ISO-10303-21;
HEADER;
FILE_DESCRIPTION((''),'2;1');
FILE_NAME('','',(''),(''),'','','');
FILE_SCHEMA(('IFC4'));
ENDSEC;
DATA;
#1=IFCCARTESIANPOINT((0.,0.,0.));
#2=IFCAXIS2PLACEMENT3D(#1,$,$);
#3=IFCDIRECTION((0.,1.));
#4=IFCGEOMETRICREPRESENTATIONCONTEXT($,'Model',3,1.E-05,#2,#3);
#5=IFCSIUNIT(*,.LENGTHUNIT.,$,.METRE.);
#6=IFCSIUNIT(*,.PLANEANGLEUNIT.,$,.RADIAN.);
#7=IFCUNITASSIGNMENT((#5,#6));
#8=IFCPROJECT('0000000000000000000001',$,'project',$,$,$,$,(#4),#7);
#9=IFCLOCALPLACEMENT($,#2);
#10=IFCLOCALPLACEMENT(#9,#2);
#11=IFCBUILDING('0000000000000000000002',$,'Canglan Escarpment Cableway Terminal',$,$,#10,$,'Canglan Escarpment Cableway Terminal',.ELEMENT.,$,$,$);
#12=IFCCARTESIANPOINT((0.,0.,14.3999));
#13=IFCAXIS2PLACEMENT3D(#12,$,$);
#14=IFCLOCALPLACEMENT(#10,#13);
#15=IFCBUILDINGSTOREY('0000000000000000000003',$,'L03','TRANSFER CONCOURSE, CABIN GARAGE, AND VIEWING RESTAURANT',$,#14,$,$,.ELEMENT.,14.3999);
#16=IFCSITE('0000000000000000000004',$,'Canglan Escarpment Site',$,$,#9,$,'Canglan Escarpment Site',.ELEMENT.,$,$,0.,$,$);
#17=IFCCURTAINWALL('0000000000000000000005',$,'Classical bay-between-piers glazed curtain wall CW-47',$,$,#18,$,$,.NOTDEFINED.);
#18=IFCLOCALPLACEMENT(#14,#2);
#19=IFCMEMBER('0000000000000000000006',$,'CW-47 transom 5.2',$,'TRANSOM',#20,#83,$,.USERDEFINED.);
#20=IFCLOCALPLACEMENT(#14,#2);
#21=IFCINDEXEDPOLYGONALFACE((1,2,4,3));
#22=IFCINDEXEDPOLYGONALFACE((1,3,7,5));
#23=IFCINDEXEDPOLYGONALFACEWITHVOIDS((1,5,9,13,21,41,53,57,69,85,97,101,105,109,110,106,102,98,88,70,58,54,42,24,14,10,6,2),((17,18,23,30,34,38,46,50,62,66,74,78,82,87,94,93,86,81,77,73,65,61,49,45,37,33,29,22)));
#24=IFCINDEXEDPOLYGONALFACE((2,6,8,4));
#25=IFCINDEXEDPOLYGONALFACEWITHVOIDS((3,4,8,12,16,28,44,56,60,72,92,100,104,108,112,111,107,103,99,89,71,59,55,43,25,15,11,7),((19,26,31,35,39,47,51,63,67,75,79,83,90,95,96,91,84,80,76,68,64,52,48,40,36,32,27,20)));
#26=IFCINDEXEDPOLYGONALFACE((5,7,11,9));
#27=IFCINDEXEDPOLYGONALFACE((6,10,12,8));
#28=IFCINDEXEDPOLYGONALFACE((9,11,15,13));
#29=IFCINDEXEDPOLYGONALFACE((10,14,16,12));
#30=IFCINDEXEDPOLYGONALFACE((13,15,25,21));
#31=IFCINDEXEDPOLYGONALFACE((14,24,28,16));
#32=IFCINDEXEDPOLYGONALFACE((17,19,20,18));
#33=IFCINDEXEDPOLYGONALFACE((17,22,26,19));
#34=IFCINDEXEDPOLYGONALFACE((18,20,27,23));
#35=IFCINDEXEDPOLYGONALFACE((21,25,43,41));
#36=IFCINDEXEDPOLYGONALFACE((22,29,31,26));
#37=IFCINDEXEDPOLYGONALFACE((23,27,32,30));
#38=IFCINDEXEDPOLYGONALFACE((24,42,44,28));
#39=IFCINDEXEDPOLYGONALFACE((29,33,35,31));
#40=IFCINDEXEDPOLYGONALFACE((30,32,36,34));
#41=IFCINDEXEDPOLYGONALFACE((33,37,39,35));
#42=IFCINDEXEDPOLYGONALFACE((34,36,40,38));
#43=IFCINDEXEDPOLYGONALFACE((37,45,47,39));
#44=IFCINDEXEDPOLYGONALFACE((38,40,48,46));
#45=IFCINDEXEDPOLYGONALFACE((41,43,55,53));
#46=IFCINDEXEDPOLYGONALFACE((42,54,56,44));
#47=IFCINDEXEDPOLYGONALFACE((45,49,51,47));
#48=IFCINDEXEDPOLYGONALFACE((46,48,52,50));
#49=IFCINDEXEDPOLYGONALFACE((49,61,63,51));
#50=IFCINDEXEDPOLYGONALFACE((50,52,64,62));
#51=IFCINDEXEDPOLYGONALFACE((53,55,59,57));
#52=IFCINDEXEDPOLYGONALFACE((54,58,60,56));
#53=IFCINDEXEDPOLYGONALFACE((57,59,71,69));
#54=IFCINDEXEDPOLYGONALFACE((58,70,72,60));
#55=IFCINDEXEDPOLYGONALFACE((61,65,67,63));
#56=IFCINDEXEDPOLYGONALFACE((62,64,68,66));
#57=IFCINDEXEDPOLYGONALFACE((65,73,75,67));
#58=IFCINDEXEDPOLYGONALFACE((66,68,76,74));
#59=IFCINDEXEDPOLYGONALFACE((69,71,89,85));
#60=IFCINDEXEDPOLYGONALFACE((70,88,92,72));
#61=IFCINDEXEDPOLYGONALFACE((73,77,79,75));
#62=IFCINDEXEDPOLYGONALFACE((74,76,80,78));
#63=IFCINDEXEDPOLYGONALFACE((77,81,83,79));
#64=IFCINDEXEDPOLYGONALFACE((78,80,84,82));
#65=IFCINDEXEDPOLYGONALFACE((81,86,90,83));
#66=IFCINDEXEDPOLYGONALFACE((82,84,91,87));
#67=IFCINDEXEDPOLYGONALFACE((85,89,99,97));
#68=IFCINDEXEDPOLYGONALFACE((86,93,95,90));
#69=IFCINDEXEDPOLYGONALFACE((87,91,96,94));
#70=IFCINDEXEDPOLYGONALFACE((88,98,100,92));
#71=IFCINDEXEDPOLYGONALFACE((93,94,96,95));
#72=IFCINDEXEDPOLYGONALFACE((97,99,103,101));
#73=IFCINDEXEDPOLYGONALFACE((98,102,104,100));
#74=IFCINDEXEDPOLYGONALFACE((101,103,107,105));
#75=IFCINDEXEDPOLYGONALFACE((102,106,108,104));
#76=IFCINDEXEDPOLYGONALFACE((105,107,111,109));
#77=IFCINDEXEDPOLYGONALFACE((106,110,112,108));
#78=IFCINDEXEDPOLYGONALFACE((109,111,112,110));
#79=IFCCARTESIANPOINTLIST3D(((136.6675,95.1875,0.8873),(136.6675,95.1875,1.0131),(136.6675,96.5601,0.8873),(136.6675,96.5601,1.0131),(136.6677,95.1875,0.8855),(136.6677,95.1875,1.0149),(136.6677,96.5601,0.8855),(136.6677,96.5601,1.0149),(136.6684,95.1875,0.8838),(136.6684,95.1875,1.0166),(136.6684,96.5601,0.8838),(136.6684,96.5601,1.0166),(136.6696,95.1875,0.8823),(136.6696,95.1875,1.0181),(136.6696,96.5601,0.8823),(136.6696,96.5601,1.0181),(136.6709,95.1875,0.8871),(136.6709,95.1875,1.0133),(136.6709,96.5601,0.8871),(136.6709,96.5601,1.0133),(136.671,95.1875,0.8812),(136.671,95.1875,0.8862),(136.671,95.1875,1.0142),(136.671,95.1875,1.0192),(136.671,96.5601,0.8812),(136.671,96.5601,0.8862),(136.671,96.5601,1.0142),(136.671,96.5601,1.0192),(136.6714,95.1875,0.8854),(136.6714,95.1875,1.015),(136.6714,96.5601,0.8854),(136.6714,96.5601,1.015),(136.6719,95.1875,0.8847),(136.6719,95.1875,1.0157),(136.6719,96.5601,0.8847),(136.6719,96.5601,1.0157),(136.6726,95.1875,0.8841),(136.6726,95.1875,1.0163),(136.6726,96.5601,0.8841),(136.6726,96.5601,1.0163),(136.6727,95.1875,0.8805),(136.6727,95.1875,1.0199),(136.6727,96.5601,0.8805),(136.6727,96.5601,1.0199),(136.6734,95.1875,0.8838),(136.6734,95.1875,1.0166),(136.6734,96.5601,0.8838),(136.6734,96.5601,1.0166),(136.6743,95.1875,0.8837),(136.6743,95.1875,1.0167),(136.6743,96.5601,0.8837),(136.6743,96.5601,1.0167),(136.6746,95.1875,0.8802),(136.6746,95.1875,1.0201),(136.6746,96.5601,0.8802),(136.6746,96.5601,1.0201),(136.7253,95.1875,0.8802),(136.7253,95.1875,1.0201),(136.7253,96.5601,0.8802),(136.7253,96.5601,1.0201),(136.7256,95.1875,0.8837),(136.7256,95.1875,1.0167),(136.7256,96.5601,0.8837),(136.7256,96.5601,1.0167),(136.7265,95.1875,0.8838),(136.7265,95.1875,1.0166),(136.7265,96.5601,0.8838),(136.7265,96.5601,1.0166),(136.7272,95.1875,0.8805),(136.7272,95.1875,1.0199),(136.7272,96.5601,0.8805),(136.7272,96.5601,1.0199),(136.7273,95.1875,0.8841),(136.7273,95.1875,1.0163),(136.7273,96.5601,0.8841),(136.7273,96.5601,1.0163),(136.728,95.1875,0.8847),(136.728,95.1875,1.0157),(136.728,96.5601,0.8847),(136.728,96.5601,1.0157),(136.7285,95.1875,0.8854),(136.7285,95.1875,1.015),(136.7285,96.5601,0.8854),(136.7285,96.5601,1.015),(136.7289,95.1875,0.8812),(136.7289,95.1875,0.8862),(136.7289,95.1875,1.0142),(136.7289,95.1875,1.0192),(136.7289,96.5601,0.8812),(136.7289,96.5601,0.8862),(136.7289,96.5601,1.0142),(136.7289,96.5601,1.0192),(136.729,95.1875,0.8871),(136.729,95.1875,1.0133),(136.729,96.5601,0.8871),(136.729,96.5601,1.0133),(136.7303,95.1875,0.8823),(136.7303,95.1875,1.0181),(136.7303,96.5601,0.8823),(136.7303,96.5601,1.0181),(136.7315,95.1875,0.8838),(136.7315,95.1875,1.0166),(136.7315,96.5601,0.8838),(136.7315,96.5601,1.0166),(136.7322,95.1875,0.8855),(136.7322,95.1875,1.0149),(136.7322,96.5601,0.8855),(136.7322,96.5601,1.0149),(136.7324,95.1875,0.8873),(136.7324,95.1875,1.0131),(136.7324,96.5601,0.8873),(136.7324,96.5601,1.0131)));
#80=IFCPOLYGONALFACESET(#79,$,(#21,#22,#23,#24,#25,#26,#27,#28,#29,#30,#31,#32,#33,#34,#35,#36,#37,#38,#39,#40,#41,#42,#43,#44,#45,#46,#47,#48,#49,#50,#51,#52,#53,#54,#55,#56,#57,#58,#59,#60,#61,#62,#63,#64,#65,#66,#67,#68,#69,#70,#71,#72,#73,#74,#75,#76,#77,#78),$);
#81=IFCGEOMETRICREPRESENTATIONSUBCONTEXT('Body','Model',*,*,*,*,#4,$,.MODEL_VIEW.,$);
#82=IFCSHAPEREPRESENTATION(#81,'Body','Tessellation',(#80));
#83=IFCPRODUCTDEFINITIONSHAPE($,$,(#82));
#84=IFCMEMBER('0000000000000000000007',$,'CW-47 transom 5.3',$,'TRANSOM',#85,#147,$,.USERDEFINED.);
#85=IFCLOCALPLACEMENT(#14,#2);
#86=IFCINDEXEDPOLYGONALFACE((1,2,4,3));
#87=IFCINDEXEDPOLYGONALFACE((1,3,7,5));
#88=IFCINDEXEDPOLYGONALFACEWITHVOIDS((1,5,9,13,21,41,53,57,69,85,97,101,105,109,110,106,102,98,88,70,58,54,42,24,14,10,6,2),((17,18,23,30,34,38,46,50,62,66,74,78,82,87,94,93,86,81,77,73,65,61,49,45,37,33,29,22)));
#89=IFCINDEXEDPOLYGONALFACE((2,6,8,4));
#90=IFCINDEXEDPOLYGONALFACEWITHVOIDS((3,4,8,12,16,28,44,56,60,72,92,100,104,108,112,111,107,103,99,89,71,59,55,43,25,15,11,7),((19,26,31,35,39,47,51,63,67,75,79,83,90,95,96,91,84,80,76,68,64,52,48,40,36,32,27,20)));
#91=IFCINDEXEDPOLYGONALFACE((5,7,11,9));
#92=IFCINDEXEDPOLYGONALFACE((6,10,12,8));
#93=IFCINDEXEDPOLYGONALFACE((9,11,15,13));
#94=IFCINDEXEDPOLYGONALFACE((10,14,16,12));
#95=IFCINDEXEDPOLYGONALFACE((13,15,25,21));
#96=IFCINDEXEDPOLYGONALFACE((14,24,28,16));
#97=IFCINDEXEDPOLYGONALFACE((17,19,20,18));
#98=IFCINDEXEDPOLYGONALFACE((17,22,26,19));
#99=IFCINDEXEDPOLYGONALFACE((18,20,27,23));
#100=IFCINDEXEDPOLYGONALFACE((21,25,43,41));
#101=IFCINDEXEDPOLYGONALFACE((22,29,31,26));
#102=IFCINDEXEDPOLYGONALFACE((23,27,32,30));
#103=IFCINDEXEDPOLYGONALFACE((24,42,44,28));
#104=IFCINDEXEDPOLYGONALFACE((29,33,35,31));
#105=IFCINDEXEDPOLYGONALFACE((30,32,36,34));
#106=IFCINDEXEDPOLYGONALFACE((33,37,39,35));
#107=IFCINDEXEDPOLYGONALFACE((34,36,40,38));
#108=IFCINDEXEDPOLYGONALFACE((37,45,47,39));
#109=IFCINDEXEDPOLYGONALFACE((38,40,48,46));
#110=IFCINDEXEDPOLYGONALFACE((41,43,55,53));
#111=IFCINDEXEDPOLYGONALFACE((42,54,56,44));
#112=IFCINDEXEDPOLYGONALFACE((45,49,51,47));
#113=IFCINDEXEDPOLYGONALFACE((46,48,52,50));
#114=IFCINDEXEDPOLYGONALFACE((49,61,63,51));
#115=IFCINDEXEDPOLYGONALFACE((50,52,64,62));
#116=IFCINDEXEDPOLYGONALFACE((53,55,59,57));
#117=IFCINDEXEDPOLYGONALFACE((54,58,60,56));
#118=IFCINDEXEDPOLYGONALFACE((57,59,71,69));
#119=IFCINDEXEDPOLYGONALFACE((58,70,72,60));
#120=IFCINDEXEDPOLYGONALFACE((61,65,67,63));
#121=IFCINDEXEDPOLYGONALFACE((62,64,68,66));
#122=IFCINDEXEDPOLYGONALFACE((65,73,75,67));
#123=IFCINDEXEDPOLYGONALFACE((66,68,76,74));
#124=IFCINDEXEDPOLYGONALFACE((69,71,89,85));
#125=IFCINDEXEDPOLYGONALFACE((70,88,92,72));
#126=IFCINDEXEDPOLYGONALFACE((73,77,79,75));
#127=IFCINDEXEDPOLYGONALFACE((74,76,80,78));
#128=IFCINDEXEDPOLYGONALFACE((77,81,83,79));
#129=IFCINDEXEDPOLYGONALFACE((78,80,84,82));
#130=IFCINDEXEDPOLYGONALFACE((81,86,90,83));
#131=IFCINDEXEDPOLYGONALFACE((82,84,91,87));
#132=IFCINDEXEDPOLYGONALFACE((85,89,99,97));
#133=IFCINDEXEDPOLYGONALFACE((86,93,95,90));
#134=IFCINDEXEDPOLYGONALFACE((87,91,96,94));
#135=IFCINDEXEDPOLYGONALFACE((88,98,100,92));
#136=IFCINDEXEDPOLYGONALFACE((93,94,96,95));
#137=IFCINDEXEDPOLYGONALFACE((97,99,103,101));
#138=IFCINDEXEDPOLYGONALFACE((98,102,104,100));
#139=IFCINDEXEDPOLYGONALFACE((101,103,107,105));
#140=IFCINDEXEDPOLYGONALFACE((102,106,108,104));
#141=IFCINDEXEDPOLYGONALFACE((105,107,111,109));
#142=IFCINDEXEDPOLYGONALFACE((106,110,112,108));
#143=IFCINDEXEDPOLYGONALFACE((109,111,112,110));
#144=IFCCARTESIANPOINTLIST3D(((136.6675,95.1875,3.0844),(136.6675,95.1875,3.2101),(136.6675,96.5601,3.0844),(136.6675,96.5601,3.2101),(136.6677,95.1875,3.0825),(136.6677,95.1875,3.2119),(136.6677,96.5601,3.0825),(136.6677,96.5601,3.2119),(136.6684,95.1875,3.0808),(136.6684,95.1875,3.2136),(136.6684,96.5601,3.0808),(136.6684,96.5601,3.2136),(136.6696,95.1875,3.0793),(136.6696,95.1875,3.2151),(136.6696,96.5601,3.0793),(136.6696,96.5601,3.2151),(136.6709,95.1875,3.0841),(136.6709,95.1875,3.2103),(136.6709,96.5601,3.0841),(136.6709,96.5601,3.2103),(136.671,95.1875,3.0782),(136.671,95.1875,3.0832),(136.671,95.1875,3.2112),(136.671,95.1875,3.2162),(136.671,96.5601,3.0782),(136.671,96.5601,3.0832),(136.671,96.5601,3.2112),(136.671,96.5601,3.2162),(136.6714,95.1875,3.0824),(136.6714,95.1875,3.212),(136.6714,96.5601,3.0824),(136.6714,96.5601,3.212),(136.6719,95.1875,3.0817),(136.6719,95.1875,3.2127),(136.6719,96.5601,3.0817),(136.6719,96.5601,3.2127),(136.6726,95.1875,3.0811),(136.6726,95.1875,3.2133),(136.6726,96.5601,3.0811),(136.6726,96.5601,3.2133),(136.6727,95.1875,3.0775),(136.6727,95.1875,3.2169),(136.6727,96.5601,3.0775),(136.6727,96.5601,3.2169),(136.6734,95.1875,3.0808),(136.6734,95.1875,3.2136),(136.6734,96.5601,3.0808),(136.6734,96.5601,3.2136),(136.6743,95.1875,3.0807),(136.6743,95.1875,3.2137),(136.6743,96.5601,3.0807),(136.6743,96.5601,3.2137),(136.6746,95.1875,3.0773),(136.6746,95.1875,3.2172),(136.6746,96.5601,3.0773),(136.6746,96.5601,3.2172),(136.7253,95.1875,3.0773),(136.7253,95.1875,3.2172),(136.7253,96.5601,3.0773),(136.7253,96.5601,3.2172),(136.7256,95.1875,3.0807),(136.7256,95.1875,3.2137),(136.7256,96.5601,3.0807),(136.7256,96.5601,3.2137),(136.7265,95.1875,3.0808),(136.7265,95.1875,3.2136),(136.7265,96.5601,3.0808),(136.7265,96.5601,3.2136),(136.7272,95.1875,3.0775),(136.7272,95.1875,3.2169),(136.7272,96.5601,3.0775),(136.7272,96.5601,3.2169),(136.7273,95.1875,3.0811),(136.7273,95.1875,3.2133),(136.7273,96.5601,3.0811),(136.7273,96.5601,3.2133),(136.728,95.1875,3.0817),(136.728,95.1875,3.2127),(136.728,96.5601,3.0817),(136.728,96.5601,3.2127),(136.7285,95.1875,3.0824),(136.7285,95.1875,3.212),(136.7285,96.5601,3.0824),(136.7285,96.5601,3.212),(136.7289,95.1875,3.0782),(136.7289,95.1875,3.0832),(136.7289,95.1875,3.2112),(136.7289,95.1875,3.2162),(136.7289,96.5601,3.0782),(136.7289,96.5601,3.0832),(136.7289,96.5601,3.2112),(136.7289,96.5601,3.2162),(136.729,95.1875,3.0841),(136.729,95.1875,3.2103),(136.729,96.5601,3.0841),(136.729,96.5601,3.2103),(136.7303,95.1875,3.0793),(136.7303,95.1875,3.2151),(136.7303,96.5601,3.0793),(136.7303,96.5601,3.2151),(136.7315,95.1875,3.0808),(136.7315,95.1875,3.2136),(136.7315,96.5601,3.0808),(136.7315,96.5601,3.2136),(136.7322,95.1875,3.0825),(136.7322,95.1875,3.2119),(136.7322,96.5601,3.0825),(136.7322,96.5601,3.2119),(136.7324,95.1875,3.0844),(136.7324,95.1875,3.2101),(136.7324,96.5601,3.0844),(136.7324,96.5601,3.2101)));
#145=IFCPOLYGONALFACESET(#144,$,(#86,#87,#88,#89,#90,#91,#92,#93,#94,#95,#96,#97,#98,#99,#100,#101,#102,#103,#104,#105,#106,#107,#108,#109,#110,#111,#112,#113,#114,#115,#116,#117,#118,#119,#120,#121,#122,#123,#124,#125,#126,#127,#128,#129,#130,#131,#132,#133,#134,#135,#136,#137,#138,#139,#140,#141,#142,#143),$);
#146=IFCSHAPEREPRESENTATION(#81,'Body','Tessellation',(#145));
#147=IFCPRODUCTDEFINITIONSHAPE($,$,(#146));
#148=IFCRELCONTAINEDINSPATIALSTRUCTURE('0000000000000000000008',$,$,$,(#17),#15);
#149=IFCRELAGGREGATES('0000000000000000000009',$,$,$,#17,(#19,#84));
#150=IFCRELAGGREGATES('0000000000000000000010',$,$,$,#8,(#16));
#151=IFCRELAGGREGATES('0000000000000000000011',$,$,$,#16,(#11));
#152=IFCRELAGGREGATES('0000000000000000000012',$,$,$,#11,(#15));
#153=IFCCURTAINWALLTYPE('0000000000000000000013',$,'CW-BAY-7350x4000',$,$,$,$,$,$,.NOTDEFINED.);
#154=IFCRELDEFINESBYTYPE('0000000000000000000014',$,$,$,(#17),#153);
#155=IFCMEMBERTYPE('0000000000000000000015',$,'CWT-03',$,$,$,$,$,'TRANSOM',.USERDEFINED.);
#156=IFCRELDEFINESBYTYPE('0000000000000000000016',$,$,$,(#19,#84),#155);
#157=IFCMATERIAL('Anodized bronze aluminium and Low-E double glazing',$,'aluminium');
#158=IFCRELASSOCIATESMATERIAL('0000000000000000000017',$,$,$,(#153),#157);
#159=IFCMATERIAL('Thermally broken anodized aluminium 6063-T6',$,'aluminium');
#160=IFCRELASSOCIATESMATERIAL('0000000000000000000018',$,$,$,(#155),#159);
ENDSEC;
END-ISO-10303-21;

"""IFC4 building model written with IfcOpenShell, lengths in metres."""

from ifc_helpers import new_model, si_unit, direction, frame, origin, origin_2d, place, context, subcontext, project, spatial, hollow_rectangle, extrude, material, material_profile, profile_set, type_object, element, aggregate, save


model = new_model("IFC4")

# Units and contexts
model_context = context("Model", 3, precision=1e-05, world=origin(), true_north=direction((0.0, 1.0)))
body_context = subcontext(model_context, "Body", "Model", "MODEL_VIEW")
ifc_project = project(units=[si_unit("LENGTHUNIT", "METRE"), si_unit("PLANEANGLEUNIT", "RADIAN")], contexts=[model_context])

# Site, building, storey
site_placement = place(None, origin())
site = spatial("IfcSite", under=ifc_project, at=site_placement, Name="Canglan Escarpment Site", LongName="Canglan Escarpment Site", CompositionType="ELEMENT", RefElevation=0.0)
building_placement = place(site_placement, origin())
building = spatial("IfcBuilding", under=site, at=building_placement, Name="Canglan Escarpment Cableway Terminal", LongName="Canglan Escarpment Cableway Terminal", CompositionType="ELEMENT")
storey_placement = place(building_placement, frame((0.0, 0.0, 14.3999)))
storey = spatial("IfcBuildingStorey", under=building, at=storey_placement, Name="L03", Description="TRANSFER CONCOURSE, CABIN GARAGE, AND VIEWING RESTAURANT", CompositionType="ELEMENT", Elevation=14.3999)

# Shared definitions
ifc_material_1 = material(Name="Anodized bronze aluminium and Low-E double glazing", Category="aluminium")
ifc_material_2 = material(Name="Thermally broken anodized aluminium 6063-T6", Category="aluminium")

# Curtain wall
curtain_wall_type_1 = type_object("IfcCurtainWallType", Name="CW-BAY-7350x4000", PredefinedType="NOTDEFINED", material=ifc_material_1)
curtain_wall_1_placement = place(storey_placement, origin())
curtain_wall_1 = element("IfcCurtainWall", 1, at=curtain_wall_1_placement, inside=storey, type_object=curtain_wall_type_1, Name="Classical bay-between-piers glazed curtain wall CW-47", PredefinedType="NOTDEFINED")

# Members
ifc_material_profile_1 = material_profile(ifc_material_2, hollow_rectangle(XDim=0.0649, YDim=0.1399, WallThickness=0.0034, InnerFilletRadius=0.0034, OuterFilletRadius=0.0071, at=origin_2d()), Name="ALU-TRAN 65x140x3.5")
ifc_profile_set_1 = profile_set([ifc_material_profile_1], Name="Thermally broken anodized aluminium 6063-T6")
member_type_1 = type_object("IfcMemberType", Name="CWT-03", ElementType="TRANSOM", PredefinedType="USERDEFINED", material=ifc_profile_set_1)
member_1_placement = place(storey_placement, frame((136.7, 95.1875, 0.9502), z_axis=(0.0, 1.0, 0.0), x_axis=(-1.0, 0.0, 0.0)))
member_1 = element("IfcMember", 2, at=member_1_placement, type_object=member_type_1, Name="CW-47 transom 5.2", ObjectType="TRANSOM", PredefinedType="USERDEFINED", context=body_context, shape_type="SweptSolid", body=[
    extrude(hollow_rectangle(XDim=0.0649, YDim=0.1399, WallThickness=0.0034, InnerFilletRadius=0.0034, OuterFilletRadius=0.0071, at=origin_2d()), origin(), (0.0, 0.0, 1.0), 1.3726),
])
member_2_placement = place(storey_placement, frame((136.7, 95.1875, 3.1472), z_axis=(0.0, 1.0, 0.0), x_axis=(-1.0, 0.0, 0.0)))
member_2 = element("IfcMember", 3, at=member_2_placement, type_object=member_type_1, Name="CW-47 transom 5.3", ObjectType="TRANSOM", PredefinedType="USERDEFINED", context=body_context, shape_type="SweptSolid", body=[
    extrude(hollow_rectangle(XDim=0.0649, YDim=0.1399, WallThickness=0.0034, InnerFilletRadius=0.0034, OuterFilletRadius=0.0071, at=origin_2d()), origin(), (0.0, 0.0, 1.0), 1.3726),
])

aggregate(curtain_wall_1, [member_1, member_2])

save(model, "model.ifc")
